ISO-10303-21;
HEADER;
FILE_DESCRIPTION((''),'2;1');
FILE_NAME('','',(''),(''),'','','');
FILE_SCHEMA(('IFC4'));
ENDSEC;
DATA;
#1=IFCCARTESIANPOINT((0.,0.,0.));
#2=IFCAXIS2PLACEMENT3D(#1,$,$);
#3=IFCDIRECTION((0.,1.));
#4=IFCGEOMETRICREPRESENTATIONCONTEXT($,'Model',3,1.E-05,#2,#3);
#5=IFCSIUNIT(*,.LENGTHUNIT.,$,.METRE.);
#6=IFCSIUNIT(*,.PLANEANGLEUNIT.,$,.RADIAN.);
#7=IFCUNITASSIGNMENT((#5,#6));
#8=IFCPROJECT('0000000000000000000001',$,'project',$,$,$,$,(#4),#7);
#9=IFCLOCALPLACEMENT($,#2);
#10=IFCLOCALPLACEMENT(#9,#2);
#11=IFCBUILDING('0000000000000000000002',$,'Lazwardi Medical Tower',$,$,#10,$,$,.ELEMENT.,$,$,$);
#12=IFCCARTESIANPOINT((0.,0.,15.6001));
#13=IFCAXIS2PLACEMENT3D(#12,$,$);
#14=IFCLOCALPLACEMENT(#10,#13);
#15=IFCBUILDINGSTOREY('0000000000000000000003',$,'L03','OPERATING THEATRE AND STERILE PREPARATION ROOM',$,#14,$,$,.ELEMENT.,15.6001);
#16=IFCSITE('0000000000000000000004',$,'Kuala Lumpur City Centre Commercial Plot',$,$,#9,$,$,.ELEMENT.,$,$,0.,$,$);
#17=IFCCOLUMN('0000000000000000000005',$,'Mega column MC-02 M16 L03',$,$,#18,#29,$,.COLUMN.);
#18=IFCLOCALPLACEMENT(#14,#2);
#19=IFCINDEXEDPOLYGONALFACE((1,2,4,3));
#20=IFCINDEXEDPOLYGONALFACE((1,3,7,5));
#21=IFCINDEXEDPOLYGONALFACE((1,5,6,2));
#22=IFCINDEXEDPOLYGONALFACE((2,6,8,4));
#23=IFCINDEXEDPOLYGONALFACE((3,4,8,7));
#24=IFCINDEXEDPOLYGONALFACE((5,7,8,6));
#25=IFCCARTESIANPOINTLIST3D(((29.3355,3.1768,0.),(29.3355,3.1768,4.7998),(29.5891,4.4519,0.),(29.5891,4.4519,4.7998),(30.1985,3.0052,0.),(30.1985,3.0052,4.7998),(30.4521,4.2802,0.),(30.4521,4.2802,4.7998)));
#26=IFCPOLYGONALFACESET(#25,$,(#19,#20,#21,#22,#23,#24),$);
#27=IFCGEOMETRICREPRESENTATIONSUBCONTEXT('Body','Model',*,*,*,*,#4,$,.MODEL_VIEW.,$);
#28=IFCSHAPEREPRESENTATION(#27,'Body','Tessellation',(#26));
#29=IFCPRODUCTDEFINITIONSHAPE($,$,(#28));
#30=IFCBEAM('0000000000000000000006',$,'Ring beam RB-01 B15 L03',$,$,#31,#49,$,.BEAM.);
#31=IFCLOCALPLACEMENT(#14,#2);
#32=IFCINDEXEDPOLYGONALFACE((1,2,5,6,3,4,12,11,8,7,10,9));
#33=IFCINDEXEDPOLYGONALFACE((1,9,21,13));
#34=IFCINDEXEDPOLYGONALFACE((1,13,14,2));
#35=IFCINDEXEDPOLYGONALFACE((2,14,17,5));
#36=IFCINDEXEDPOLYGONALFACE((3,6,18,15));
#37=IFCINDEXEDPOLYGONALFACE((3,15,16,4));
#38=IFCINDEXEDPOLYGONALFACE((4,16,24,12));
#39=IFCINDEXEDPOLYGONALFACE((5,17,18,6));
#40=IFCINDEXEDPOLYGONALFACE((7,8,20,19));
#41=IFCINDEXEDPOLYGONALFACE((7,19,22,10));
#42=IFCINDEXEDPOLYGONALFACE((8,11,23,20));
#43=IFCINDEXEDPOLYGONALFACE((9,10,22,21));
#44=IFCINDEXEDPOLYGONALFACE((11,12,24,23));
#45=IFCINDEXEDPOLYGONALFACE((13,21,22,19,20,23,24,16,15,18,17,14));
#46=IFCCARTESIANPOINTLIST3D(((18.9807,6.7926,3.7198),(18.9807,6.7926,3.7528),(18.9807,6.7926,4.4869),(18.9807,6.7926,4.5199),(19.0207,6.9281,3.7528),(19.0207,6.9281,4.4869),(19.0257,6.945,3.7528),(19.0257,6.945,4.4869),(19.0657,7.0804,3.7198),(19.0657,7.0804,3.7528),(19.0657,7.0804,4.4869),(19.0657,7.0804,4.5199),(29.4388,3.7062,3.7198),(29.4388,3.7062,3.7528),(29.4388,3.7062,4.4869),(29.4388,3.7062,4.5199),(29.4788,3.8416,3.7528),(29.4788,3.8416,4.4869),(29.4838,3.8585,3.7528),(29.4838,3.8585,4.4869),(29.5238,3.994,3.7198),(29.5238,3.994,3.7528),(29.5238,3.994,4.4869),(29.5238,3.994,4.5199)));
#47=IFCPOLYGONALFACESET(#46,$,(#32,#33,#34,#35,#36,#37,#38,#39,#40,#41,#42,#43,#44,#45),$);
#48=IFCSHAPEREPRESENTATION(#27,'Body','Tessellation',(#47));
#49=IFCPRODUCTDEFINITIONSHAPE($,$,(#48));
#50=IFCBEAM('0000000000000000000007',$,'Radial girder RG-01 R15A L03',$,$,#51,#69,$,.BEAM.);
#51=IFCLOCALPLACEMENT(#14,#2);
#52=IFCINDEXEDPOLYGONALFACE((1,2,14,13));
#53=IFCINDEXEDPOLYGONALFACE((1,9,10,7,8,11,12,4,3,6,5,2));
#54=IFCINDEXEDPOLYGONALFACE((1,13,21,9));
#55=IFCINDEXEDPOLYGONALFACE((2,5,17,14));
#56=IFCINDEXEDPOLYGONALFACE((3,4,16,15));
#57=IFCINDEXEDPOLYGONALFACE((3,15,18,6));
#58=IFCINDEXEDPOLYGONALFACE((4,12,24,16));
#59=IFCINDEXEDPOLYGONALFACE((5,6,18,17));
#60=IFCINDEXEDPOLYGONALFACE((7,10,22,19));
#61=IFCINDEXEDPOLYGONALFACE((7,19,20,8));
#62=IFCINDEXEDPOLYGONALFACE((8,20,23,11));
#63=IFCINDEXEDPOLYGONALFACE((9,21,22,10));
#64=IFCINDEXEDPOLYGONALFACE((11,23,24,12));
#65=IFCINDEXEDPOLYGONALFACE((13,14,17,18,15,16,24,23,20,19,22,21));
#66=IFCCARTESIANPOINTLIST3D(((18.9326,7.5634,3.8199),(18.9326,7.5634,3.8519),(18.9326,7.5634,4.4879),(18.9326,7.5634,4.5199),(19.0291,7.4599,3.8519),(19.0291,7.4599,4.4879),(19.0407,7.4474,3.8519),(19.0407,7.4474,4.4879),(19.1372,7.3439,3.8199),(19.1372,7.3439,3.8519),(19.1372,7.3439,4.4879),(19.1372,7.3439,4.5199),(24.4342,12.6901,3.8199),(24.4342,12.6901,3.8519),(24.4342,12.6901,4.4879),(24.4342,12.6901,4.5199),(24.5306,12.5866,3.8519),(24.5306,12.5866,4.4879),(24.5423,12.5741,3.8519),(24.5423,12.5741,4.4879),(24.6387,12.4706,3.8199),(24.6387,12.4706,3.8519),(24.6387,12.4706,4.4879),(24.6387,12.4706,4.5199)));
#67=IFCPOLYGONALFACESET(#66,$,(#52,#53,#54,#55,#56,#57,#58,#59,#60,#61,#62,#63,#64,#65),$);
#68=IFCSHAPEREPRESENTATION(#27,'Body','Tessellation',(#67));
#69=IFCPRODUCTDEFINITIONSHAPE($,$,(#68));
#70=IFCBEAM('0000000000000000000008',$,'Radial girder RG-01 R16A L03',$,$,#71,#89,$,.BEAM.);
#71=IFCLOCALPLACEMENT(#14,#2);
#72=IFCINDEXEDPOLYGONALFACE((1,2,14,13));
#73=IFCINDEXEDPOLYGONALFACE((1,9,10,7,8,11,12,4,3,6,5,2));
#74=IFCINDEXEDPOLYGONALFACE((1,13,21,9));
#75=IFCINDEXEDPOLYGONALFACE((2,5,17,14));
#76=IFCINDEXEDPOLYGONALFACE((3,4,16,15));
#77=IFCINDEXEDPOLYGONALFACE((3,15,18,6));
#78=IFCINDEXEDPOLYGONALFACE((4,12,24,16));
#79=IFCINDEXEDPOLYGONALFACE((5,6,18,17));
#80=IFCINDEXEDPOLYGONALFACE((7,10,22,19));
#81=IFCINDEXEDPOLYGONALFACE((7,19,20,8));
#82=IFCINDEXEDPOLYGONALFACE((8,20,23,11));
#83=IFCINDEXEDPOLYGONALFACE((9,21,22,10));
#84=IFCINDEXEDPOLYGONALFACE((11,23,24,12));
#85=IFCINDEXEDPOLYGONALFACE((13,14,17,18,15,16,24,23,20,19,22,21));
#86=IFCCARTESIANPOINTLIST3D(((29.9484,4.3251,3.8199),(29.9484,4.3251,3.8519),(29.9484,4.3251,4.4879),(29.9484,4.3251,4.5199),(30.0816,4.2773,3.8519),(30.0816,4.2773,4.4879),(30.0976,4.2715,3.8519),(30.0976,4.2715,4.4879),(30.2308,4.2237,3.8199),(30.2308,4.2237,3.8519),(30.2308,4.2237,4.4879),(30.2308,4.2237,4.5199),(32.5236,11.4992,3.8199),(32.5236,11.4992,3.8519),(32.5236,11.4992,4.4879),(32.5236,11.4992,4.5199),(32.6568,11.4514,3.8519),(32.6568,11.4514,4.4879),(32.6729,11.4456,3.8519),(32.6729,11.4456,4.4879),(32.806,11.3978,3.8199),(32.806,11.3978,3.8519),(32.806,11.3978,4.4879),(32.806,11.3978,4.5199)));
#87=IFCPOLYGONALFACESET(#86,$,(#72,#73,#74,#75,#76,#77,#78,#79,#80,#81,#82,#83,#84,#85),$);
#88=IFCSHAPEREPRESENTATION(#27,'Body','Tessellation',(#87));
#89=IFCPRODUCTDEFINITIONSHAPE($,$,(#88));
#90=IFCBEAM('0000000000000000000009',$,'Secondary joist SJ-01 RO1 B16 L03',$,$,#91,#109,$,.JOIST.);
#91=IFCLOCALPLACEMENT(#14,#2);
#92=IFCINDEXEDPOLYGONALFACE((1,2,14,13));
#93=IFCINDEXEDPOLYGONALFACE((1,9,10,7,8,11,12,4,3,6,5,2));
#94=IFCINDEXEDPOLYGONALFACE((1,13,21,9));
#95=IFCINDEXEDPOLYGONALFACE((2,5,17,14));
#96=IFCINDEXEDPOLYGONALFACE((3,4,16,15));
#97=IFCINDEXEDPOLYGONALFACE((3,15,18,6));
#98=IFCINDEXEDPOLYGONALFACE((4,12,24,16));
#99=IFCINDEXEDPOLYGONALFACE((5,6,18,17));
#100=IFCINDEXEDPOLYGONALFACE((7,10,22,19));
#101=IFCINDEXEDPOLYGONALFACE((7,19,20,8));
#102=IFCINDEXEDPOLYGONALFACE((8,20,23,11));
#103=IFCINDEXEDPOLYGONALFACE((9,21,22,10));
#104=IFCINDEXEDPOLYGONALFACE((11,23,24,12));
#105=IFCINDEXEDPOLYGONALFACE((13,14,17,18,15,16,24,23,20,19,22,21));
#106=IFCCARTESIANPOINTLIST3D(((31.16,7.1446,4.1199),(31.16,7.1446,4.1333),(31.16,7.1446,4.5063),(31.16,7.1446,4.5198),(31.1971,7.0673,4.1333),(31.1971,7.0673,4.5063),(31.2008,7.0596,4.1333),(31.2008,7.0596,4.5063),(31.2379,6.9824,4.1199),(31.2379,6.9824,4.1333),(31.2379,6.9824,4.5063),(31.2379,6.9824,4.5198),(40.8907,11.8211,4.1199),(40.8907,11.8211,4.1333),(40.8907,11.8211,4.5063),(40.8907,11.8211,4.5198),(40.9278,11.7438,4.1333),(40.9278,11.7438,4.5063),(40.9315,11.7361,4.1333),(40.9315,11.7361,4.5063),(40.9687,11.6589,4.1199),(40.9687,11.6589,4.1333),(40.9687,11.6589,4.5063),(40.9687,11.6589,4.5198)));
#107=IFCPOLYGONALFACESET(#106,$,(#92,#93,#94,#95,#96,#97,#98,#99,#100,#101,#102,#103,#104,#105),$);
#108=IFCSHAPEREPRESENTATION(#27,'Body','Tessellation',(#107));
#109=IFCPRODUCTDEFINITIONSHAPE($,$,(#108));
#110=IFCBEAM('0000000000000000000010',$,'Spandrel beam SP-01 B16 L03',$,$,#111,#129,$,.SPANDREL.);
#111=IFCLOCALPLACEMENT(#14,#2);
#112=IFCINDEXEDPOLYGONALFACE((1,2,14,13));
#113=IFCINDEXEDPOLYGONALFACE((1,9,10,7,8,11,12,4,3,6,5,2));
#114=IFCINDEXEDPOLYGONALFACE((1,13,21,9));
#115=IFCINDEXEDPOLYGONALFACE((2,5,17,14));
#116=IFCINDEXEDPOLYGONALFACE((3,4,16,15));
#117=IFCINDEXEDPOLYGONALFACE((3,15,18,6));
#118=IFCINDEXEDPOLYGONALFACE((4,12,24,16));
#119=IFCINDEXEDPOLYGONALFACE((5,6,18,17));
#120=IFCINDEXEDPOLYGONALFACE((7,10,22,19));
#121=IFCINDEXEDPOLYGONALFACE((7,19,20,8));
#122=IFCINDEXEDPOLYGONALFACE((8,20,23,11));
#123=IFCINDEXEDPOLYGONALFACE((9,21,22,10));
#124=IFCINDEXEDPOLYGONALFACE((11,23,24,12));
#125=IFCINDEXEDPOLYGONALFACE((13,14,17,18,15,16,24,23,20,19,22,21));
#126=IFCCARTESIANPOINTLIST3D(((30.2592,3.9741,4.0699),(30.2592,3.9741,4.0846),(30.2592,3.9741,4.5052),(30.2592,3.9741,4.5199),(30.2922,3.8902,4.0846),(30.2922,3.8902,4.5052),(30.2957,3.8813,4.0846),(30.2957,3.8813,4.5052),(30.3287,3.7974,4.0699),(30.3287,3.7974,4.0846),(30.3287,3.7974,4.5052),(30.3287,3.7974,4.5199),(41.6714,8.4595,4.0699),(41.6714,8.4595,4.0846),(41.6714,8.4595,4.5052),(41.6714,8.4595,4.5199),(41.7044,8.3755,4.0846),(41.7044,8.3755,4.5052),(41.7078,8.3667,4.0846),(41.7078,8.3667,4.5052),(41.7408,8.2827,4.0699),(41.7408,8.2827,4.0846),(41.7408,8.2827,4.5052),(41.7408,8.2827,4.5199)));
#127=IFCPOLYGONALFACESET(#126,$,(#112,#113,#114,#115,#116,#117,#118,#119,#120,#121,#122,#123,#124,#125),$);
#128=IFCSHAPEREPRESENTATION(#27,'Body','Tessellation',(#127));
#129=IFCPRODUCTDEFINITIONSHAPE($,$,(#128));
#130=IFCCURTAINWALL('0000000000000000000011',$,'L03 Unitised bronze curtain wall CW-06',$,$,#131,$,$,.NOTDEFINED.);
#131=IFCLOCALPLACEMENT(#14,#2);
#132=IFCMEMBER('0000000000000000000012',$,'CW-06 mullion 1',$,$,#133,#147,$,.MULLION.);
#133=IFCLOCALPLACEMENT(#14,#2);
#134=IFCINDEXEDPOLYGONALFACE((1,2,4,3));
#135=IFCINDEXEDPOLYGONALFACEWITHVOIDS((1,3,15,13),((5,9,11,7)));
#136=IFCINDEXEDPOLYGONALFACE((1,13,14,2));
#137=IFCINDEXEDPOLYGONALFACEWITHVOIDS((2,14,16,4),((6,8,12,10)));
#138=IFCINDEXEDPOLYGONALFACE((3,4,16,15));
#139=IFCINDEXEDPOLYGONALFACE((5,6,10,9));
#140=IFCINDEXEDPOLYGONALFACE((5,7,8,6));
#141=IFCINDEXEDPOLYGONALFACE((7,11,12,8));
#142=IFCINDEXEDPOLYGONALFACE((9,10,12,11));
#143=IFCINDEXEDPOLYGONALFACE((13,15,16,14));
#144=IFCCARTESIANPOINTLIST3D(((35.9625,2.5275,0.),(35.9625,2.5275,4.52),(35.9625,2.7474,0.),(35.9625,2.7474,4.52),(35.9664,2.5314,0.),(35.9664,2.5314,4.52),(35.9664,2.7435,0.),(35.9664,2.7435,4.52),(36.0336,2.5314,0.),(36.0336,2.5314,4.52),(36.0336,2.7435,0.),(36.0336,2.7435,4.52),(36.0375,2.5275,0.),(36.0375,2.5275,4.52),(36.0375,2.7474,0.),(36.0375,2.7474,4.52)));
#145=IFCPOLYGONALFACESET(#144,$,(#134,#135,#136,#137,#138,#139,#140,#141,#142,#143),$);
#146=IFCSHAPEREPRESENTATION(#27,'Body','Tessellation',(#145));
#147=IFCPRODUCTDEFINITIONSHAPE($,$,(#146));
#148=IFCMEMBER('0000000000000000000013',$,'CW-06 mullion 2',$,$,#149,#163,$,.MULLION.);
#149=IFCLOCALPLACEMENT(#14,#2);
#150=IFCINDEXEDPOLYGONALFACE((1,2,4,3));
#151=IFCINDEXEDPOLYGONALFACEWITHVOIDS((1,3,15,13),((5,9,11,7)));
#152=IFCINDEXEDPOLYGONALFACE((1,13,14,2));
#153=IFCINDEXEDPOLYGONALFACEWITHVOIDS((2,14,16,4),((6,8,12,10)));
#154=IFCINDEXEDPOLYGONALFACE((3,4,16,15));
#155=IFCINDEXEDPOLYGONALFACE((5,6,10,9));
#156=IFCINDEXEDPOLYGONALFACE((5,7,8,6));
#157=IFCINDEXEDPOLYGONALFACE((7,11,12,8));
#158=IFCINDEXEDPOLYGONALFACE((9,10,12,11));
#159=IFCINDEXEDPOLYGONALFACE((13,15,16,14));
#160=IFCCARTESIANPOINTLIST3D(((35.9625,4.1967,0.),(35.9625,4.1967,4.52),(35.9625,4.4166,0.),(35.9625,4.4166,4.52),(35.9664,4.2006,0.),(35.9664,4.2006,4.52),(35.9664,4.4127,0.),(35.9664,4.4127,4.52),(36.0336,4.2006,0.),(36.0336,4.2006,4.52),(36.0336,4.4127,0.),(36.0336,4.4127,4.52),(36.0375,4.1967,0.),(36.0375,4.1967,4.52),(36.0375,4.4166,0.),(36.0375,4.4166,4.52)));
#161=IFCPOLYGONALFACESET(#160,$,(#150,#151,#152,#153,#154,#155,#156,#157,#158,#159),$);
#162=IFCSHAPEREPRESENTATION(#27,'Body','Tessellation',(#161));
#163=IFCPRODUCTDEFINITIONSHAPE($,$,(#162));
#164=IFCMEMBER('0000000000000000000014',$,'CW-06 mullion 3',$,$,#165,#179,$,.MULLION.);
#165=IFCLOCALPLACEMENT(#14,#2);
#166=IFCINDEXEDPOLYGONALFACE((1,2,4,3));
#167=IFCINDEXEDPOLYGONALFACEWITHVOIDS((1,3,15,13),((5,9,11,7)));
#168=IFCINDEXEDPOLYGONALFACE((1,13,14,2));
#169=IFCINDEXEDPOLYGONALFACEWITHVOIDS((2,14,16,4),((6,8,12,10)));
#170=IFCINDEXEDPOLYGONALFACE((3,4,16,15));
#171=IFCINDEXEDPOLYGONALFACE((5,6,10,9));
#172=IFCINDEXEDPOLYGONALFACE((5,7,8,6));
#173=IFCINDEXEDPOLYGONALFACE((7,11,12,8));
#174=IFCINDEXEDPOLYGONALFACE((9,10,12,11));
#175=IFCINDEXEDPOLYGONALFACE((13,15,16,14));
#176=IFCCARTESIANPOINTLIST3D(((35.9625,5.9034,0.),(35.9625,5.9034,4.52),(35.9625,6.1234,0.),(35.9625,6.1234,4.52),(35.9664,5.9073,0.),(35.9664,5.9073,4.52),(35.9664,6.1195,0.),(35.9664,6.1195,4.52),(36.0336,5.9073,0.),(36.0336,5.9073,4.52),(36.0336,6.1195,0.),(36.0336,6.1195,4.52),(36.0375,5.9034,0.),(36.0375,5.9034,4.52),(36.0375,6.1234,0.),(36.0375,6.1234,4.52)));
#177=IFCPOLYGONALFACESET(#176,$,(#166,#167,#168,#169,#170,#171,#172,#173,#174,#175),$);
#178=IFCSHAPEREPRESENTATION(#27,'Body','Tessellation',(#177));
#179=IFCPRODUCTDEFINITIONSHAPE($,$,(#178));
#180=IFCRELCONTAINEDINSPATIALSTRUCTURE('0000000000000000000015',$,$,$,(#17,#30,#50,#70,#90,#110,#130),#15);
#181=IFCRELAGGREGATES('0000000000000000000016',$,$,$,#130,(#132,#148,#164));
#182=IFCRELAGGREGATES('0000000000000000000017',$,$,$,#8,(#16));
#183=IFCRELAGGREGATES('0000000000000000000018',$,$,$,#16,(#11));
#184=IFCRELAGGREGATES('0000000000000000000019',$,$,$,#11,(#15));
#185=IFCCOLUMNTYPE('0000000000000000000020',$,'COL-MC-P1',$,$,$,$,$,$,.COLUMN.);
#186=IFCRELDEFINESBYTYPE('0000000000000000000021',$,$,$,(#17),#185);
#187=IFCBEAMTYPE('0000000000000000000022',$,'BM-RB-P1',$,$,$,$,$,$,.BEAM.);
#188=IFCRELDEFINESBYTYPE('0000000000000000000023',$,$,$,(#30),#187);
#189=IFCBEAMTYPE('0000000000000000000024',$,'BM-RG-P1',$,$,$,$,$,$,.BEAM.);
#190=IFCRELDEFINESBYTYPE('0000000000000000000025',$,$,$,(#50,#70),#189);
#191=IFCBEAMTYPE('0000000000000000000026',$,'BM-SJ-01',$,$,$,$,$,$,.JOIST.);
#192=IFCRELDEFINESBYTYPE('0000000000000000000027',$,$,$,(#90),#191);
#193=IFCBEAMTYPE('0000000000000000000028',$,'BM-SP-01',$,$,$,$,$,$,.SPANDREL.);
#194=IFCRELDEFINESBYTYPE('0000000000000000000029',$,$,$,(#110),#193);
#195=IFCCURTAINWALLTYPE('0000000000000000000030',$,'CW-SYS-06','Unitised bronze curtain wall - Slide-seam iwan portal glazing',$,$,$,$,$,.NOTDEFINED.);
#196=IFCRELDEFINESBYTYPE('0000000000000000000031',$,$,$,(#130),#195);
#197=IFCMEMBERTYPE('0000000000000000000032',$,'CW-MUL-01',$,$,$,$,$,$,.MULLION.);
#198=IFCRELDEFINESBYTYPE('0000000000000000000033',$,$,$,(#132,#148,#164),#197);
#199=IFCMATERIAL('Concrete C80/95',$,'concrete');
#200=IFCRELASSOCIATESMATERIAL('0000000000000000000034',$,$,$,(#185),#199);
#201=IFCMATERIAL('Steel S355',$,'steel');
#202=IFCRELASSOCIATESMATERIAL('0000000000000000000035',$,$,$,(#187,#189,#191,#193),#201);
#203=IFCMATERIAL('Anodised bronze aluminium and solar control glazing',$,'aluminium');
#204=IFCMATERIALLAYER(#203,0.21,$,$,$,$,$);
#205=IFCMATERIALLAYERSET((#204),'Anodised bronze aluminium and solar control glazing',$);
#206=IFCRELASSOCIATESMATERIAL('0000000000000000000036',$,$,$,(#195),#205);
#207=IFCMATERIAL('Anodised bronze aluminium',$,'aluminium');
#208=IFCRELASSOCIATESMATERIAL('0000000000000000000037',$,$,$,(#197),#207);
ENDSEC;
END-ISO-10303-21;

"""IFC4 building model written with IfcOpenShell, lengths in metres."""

from ifc_helpers import new_model, si_unit, direction, frame, origin, origin_2d, place, context, subcontext, project, spatial, rectangle, hollow_rectangle, i_section, extrude, material, layer, layer_set, material_profile, profile_set, type_object, element, aggregate, save


model = new_model("IFC4")

# Units and contexts
model_context = context("Model", 3, precision=1e-05, world=origin(), true_north=direction((0.0, 1.0)))
body_context = subcontext(model_context, "Body", "Model", "MODEL_VIEW")
ifc_project = project(units=[si_unit("LENGTHUNIT", "METRE"), si_unit("PLANEANGLEUNIT", "RADIAN")], contexts=[model_context])

# Site, building, storey
site_placement = place(None, origin())
site = spatial("IfcSite", under=ifc_project, at=site_placement, Name="Kuala Lumpur City Centre Commercial Plot", CompositionType="ELEMENT", RefElevation=0.0)
building_placement = place(site_placement, origin())
building = spatial("IfcBuilding", under=site, at=building_placement, Name="Lazwardi Medical Tower", CompositionType="ELEMENT")
storey_placement = place(building_placement, frame((0.0, 0.0, 15.6001)))
storey = spatial("IfcBuildingStorey", under=building, at=storey_placement, Name="L03", Description="OPERATING THEATRE AND STERILE PREPARATION ROOM", CompositionType="ELEMENT", Elevation=15.6001)

# Column
ifc_material_1 = material(Name="Concrete C80/95", Category="concrete")
ifc_material_profile_1 = material_profile(ifc_material_1, rectangle(XDim=1.3, YDim=0.8799, at=origin_2d()), Name="CFT-RECT 1300x880")
ifc_profile_set_1 = profile_set([ifc_material_profile_1], Name="Concrete C80/95")
column_type = type_object("IfcColumnType", Name="COL-MC-P1", PredefinedType="COLUMN", material=ifc_profile_set_1)
column_placement = place(storey_placement, frame((29.8938, 3.7285, 0.0), z_axis=(0.0, 0.0, 1.0), x_axis=(-0.19509, -0.980785, 0.0)))
element("IfcColumn", 1, at=column_placement, inside=storey, type_object=column_type, Name="Mega column MC-02 M16 L03", PredefinedType="COLUMN", context=body_context, shape_type="SweptSolid", body=[
    extrude(rectangle(XDim=1.3, YDim=0.8799, at=origin_2d()), origin(), (0.0, 0.0, 1.0), 4.7998),
])

# Beams
ifc_material_2 = material(Name="Steel S355", Category="steel")
ifc_material_profile_2 = material_profile(ifc_material_2, i_section(OverallWidth=0.3, OverallDepth=0.8, WebThickness=0.0176, FlangeThickness=0.033, at=origin_2d()), Name="HEB 800")
ifc_profile_set_2 = profile_set([ifc_material_profile_2], Name="Steel S355")
beam_type_1 = type_object("IfcBeamType", Name="BM-RB-P1", PredefinedType="BEAM", material=ifc_profile_set_2)
beam_1_placement = place(storey_placement, frame((19.0232, 6.9365, 4.1199), z_axis=(0.959103, -0.283056, 0.0), x_axis=(0.283056, 0.959103, 0.0)))
element("IfcBeam", 2, at=beam_1_placement, inside=storey, type_object=beam_type_1, Name="Ring beam RB-01 B15 L03", PredefinedType="BEAM", context=body_context, shape_type="SweptSolid", body=[
    extrude(i_section(OverallWidth=0.3, OverallDepth=0.8, WebThickness=0.0176, FlangeThickness=0.033, at=origin_2d()), origin(), (0.0, 0.0, 1.0), 10.9041),
])
ifc_material_profile_3 = material_profile(ifc_material_2, i_section(OverallWidth=0.3, OverallDepth=0.7, WebThickness=0.0171, FlangeThickness=0.032, at=origin_2d()), Name="HEB 700")
ifc_profile_set_3 = profile_set([ifc_material_profile_3], Name="Steel S355")
beam_type_2 = type_object("IfcBeamType", Name="BM-RG-P1", PredefinedType="BEAM", material=ifc_profile_set_3)
beam_2_placement = place(storey_placement, frame((19.0349, 7.4536, 4.1699), z_axis=(0.731585, 0.68175, 0.0), x_axis=(-0.68175, 0.731585, 0.0)))
element("IfcBeam", 3, at=beam_2_placement, inside=storey, type_object=beam_type_2, Name="Radial girder RG-01 R15A L03", PredefinedType="BEAM", context=body_context, shape_type="SweptSolid", body=[
    extrude(i_section(OverallWidth=0.3, OverallDepth=0.7, WebThickness=0.0171, FlangeThickness=0.032, at=origin_2d()), origin(), (0.0, 0.0, 1.0), 7.52),
])
beam_3_placement = place(storey_placement, frame((30.0896, 4.2744, 4.1699), z_axis=(0.337852, 0.941199, 0.0), x_axis=(-0.941199, 0.337852, 0.0)))
element("IfcBeam", 4, at=beam_3_placement, inside=storey, type_object=beam_type_2, Name="Radial girder RG-01 R16A L03", PredefinedType="BEAM", context=body_context, shape_type="SweptSolid", body=[
    extrude(i_section(OverallWidth=0.3, OverallDepth=0.7, WebThickness=0.0171, FlangeThickness=0.032, at=origin_2d()), origin(), (0.0, 0.0, 1.0), 7.6223),
])
ifc_material_profile_4 = material_profile(ifc_material_2, i_section(OverallWidth=0.1799, OverallDepth=0.3999, WebThickness=0.0085, FlangeThickness=0.0134, at=origin_2d()), Name="IPE 400")
ifc_profile_set_4 = profile_set([ifc_material_profile_4], Name="Steel S355")
beam_type_3 = type_object("IfcBeamType", Name="BM-SJ-01", PredefinedType="JOIST", material=ifc_profile_set_4)
beam_4_placement = place(storey_placement, frame((31.199, 7.0635, 4.3198), z_axis=(0.901314, 0.433166, 0.0), x_axis=(-0.433166, 0.901314, 0.0)))
element("IfcBeam", 5, at=beam_4_placement, inside=storey, type_object=beam_type_3, Name="Secondary joist SJ-01 RO1 B16 L03", PredefinedType="JOIST", context=body_context, shape_type="SweptSolid", body=[
    extrude(i_section(OverallWidth=0.1799, OverallDepth=0.3999, WebThickness=0.0085, FlangeThickness=0.0134, at=origin_2d()), origin(), (0.0, 0.0, 1.0), 10.7961),
])
ifc_material_profile_5 = material_profile(ifc_material_2, i_section(OverallWidth=0.1899, OverallDepth=0.45, WebThickness=0.0095, FlangeThickness=0.0146, at=origin_2d()), Name="IPE 450")
ifc_profile_set_5 = profile_set([ifc_material_profile_5], Name="Steel S355")
beam_type_4 = type_object("IfcBeamType", Name="BM-SP-01", PredefinedType="SPANDREL", material=ifc_profile_set_5)
beam_5_placement = place(storey_placement, frame((30.2939, 3.8857, 4.2949), z_axis=(0.930695, 0.365795, 0.0), x_axis=(-0.365795, 0.930695, 0.0)))
element("IfcBeam", 6, at=beam_5_placement, inside=storey, type_object=beam_type_4, Name="Spandrel beam SP-01 B16 L03", PredefinedType="SPANDREL", context=body_context, shape_type="SweptSolid", body=[
    extrude(i_section(OverallWidth=0.1899, OverallDepth=0.45, WebThickness=0.0095, FlangeThickness=0.0146, at=origin_2d()), origin(), (0.0, 0.0, 1.0), 12.262),
])

# Curtain wall, members
ifc_material_3 = material(Name="Anodised bronze aluminium and solar control glazing", Category="aluminium")
ifc_layer_1 = layer(ifc_material_3, 0.21)
ifc_layer_set_1 = layer_set([ifc_layer_1], Name="Anodised bronze aluminium and solar control glazing")
curtain_wall_type_1 = type_object("IfcCurtainWallType", Name="CW-SYS-06", Description="Unitised bronze curtain wall - Slide-seam iwan portal glazing", PredefinedType="NOTDEFINED", material=ifc_layer_set_1)
curtain_wall_1_placement = place(storey_placement, origin())
curtain_wall_1 = element("IfcCurtainWall", 7, at=curtain_wall_1_placement, inside=storey, type_object=curtain_wall_type_1, Name="L03 Unitised bronze curtain wall CW-06", PredefinedType="NOTDEFINED")
ifc_material_4 = material(Name="Anodised bronze aluminium", Category="aluminium")
ifc_material_profile_6 = material_profile(ifc_material_4, hollow_rectangle(XDim=0.075, YDim=0.22, WallThickness=0.0039, at=origin_2d()), Name="ALU-MULLION 220x75x4")
ifc_profile_set_6 = profile_set([ifc_material_profile_6], Name="Anodised bronze aluminium")
member_type_1 = type_object("IfcMemberType", Name="CW-MUL-01", PredefinedType="MULLION", material=ifc_profile_set_6)
member_1_placement = place(storey_placement, frame((36.0, 2.6375, 0.0), z_axis=(0.0, 0.0, 1.0), x_axis=(-1.0, 0.0, 0.0)))
member_1 = element("IfcMember", 8, at=member_1_placement, type_object=member_type_1, Name="CW-06 mullion 1", PredefinedType="MULLION", context=body_context, shape_type="SweptSolid", body=[
    extrude(hollow_rectangle(XDim=0.075, YDim=0.22, WallThickness=0.0039, at=origin_2d()), origin(), (0.0, 0.0, 1.0), 4.52),
])
member_2_placement = place(storey_placement, frame((36.0, 4.3066, 0.0), z_axis=(0.0, 0.0, 1.0), x_axis=(-1.0, 0.0, 0.0)))
member_2 = element("IfcMember", 9, at=member_2_placement, type_object=member_type_1, Name="CW-06 mullion 2", PredefinedType="MULLION", context=body_context, shape_type="SweptSolid", body=[
    extrude(hollow_rectangle(XDim=0.075, YDim=0.22, WallThickness=0.0039, at=origin_2d()), origin(), (0.0, 0.0, 1.0), 4.52),
])
member_3_placement = place(storey_placement, frame((36.0, 6.0134, 0.0), z_axis=(0.0, 0.0, 1.0), x_axis=(-1.0, 0.0, 0.0)))
member_3 = element("IfcMember", 10, at=member_3_placement, type_object=member_type_1, Name="CW-06 mullion 3", PredefinedType="MULLION", context=body_context, shape_type="SweptSolid", body=[
    extrude(hollow_rectangle(XDim=0.075, YDim=0.22, WallThickness=0.0039, at=origin_2d()), origin(), (0.0, 0.0, 1.0), 4.52),
])

aggregate(curtain_wall_1, [member_1, member_2, member_3])

save(model, "model.ifc")
